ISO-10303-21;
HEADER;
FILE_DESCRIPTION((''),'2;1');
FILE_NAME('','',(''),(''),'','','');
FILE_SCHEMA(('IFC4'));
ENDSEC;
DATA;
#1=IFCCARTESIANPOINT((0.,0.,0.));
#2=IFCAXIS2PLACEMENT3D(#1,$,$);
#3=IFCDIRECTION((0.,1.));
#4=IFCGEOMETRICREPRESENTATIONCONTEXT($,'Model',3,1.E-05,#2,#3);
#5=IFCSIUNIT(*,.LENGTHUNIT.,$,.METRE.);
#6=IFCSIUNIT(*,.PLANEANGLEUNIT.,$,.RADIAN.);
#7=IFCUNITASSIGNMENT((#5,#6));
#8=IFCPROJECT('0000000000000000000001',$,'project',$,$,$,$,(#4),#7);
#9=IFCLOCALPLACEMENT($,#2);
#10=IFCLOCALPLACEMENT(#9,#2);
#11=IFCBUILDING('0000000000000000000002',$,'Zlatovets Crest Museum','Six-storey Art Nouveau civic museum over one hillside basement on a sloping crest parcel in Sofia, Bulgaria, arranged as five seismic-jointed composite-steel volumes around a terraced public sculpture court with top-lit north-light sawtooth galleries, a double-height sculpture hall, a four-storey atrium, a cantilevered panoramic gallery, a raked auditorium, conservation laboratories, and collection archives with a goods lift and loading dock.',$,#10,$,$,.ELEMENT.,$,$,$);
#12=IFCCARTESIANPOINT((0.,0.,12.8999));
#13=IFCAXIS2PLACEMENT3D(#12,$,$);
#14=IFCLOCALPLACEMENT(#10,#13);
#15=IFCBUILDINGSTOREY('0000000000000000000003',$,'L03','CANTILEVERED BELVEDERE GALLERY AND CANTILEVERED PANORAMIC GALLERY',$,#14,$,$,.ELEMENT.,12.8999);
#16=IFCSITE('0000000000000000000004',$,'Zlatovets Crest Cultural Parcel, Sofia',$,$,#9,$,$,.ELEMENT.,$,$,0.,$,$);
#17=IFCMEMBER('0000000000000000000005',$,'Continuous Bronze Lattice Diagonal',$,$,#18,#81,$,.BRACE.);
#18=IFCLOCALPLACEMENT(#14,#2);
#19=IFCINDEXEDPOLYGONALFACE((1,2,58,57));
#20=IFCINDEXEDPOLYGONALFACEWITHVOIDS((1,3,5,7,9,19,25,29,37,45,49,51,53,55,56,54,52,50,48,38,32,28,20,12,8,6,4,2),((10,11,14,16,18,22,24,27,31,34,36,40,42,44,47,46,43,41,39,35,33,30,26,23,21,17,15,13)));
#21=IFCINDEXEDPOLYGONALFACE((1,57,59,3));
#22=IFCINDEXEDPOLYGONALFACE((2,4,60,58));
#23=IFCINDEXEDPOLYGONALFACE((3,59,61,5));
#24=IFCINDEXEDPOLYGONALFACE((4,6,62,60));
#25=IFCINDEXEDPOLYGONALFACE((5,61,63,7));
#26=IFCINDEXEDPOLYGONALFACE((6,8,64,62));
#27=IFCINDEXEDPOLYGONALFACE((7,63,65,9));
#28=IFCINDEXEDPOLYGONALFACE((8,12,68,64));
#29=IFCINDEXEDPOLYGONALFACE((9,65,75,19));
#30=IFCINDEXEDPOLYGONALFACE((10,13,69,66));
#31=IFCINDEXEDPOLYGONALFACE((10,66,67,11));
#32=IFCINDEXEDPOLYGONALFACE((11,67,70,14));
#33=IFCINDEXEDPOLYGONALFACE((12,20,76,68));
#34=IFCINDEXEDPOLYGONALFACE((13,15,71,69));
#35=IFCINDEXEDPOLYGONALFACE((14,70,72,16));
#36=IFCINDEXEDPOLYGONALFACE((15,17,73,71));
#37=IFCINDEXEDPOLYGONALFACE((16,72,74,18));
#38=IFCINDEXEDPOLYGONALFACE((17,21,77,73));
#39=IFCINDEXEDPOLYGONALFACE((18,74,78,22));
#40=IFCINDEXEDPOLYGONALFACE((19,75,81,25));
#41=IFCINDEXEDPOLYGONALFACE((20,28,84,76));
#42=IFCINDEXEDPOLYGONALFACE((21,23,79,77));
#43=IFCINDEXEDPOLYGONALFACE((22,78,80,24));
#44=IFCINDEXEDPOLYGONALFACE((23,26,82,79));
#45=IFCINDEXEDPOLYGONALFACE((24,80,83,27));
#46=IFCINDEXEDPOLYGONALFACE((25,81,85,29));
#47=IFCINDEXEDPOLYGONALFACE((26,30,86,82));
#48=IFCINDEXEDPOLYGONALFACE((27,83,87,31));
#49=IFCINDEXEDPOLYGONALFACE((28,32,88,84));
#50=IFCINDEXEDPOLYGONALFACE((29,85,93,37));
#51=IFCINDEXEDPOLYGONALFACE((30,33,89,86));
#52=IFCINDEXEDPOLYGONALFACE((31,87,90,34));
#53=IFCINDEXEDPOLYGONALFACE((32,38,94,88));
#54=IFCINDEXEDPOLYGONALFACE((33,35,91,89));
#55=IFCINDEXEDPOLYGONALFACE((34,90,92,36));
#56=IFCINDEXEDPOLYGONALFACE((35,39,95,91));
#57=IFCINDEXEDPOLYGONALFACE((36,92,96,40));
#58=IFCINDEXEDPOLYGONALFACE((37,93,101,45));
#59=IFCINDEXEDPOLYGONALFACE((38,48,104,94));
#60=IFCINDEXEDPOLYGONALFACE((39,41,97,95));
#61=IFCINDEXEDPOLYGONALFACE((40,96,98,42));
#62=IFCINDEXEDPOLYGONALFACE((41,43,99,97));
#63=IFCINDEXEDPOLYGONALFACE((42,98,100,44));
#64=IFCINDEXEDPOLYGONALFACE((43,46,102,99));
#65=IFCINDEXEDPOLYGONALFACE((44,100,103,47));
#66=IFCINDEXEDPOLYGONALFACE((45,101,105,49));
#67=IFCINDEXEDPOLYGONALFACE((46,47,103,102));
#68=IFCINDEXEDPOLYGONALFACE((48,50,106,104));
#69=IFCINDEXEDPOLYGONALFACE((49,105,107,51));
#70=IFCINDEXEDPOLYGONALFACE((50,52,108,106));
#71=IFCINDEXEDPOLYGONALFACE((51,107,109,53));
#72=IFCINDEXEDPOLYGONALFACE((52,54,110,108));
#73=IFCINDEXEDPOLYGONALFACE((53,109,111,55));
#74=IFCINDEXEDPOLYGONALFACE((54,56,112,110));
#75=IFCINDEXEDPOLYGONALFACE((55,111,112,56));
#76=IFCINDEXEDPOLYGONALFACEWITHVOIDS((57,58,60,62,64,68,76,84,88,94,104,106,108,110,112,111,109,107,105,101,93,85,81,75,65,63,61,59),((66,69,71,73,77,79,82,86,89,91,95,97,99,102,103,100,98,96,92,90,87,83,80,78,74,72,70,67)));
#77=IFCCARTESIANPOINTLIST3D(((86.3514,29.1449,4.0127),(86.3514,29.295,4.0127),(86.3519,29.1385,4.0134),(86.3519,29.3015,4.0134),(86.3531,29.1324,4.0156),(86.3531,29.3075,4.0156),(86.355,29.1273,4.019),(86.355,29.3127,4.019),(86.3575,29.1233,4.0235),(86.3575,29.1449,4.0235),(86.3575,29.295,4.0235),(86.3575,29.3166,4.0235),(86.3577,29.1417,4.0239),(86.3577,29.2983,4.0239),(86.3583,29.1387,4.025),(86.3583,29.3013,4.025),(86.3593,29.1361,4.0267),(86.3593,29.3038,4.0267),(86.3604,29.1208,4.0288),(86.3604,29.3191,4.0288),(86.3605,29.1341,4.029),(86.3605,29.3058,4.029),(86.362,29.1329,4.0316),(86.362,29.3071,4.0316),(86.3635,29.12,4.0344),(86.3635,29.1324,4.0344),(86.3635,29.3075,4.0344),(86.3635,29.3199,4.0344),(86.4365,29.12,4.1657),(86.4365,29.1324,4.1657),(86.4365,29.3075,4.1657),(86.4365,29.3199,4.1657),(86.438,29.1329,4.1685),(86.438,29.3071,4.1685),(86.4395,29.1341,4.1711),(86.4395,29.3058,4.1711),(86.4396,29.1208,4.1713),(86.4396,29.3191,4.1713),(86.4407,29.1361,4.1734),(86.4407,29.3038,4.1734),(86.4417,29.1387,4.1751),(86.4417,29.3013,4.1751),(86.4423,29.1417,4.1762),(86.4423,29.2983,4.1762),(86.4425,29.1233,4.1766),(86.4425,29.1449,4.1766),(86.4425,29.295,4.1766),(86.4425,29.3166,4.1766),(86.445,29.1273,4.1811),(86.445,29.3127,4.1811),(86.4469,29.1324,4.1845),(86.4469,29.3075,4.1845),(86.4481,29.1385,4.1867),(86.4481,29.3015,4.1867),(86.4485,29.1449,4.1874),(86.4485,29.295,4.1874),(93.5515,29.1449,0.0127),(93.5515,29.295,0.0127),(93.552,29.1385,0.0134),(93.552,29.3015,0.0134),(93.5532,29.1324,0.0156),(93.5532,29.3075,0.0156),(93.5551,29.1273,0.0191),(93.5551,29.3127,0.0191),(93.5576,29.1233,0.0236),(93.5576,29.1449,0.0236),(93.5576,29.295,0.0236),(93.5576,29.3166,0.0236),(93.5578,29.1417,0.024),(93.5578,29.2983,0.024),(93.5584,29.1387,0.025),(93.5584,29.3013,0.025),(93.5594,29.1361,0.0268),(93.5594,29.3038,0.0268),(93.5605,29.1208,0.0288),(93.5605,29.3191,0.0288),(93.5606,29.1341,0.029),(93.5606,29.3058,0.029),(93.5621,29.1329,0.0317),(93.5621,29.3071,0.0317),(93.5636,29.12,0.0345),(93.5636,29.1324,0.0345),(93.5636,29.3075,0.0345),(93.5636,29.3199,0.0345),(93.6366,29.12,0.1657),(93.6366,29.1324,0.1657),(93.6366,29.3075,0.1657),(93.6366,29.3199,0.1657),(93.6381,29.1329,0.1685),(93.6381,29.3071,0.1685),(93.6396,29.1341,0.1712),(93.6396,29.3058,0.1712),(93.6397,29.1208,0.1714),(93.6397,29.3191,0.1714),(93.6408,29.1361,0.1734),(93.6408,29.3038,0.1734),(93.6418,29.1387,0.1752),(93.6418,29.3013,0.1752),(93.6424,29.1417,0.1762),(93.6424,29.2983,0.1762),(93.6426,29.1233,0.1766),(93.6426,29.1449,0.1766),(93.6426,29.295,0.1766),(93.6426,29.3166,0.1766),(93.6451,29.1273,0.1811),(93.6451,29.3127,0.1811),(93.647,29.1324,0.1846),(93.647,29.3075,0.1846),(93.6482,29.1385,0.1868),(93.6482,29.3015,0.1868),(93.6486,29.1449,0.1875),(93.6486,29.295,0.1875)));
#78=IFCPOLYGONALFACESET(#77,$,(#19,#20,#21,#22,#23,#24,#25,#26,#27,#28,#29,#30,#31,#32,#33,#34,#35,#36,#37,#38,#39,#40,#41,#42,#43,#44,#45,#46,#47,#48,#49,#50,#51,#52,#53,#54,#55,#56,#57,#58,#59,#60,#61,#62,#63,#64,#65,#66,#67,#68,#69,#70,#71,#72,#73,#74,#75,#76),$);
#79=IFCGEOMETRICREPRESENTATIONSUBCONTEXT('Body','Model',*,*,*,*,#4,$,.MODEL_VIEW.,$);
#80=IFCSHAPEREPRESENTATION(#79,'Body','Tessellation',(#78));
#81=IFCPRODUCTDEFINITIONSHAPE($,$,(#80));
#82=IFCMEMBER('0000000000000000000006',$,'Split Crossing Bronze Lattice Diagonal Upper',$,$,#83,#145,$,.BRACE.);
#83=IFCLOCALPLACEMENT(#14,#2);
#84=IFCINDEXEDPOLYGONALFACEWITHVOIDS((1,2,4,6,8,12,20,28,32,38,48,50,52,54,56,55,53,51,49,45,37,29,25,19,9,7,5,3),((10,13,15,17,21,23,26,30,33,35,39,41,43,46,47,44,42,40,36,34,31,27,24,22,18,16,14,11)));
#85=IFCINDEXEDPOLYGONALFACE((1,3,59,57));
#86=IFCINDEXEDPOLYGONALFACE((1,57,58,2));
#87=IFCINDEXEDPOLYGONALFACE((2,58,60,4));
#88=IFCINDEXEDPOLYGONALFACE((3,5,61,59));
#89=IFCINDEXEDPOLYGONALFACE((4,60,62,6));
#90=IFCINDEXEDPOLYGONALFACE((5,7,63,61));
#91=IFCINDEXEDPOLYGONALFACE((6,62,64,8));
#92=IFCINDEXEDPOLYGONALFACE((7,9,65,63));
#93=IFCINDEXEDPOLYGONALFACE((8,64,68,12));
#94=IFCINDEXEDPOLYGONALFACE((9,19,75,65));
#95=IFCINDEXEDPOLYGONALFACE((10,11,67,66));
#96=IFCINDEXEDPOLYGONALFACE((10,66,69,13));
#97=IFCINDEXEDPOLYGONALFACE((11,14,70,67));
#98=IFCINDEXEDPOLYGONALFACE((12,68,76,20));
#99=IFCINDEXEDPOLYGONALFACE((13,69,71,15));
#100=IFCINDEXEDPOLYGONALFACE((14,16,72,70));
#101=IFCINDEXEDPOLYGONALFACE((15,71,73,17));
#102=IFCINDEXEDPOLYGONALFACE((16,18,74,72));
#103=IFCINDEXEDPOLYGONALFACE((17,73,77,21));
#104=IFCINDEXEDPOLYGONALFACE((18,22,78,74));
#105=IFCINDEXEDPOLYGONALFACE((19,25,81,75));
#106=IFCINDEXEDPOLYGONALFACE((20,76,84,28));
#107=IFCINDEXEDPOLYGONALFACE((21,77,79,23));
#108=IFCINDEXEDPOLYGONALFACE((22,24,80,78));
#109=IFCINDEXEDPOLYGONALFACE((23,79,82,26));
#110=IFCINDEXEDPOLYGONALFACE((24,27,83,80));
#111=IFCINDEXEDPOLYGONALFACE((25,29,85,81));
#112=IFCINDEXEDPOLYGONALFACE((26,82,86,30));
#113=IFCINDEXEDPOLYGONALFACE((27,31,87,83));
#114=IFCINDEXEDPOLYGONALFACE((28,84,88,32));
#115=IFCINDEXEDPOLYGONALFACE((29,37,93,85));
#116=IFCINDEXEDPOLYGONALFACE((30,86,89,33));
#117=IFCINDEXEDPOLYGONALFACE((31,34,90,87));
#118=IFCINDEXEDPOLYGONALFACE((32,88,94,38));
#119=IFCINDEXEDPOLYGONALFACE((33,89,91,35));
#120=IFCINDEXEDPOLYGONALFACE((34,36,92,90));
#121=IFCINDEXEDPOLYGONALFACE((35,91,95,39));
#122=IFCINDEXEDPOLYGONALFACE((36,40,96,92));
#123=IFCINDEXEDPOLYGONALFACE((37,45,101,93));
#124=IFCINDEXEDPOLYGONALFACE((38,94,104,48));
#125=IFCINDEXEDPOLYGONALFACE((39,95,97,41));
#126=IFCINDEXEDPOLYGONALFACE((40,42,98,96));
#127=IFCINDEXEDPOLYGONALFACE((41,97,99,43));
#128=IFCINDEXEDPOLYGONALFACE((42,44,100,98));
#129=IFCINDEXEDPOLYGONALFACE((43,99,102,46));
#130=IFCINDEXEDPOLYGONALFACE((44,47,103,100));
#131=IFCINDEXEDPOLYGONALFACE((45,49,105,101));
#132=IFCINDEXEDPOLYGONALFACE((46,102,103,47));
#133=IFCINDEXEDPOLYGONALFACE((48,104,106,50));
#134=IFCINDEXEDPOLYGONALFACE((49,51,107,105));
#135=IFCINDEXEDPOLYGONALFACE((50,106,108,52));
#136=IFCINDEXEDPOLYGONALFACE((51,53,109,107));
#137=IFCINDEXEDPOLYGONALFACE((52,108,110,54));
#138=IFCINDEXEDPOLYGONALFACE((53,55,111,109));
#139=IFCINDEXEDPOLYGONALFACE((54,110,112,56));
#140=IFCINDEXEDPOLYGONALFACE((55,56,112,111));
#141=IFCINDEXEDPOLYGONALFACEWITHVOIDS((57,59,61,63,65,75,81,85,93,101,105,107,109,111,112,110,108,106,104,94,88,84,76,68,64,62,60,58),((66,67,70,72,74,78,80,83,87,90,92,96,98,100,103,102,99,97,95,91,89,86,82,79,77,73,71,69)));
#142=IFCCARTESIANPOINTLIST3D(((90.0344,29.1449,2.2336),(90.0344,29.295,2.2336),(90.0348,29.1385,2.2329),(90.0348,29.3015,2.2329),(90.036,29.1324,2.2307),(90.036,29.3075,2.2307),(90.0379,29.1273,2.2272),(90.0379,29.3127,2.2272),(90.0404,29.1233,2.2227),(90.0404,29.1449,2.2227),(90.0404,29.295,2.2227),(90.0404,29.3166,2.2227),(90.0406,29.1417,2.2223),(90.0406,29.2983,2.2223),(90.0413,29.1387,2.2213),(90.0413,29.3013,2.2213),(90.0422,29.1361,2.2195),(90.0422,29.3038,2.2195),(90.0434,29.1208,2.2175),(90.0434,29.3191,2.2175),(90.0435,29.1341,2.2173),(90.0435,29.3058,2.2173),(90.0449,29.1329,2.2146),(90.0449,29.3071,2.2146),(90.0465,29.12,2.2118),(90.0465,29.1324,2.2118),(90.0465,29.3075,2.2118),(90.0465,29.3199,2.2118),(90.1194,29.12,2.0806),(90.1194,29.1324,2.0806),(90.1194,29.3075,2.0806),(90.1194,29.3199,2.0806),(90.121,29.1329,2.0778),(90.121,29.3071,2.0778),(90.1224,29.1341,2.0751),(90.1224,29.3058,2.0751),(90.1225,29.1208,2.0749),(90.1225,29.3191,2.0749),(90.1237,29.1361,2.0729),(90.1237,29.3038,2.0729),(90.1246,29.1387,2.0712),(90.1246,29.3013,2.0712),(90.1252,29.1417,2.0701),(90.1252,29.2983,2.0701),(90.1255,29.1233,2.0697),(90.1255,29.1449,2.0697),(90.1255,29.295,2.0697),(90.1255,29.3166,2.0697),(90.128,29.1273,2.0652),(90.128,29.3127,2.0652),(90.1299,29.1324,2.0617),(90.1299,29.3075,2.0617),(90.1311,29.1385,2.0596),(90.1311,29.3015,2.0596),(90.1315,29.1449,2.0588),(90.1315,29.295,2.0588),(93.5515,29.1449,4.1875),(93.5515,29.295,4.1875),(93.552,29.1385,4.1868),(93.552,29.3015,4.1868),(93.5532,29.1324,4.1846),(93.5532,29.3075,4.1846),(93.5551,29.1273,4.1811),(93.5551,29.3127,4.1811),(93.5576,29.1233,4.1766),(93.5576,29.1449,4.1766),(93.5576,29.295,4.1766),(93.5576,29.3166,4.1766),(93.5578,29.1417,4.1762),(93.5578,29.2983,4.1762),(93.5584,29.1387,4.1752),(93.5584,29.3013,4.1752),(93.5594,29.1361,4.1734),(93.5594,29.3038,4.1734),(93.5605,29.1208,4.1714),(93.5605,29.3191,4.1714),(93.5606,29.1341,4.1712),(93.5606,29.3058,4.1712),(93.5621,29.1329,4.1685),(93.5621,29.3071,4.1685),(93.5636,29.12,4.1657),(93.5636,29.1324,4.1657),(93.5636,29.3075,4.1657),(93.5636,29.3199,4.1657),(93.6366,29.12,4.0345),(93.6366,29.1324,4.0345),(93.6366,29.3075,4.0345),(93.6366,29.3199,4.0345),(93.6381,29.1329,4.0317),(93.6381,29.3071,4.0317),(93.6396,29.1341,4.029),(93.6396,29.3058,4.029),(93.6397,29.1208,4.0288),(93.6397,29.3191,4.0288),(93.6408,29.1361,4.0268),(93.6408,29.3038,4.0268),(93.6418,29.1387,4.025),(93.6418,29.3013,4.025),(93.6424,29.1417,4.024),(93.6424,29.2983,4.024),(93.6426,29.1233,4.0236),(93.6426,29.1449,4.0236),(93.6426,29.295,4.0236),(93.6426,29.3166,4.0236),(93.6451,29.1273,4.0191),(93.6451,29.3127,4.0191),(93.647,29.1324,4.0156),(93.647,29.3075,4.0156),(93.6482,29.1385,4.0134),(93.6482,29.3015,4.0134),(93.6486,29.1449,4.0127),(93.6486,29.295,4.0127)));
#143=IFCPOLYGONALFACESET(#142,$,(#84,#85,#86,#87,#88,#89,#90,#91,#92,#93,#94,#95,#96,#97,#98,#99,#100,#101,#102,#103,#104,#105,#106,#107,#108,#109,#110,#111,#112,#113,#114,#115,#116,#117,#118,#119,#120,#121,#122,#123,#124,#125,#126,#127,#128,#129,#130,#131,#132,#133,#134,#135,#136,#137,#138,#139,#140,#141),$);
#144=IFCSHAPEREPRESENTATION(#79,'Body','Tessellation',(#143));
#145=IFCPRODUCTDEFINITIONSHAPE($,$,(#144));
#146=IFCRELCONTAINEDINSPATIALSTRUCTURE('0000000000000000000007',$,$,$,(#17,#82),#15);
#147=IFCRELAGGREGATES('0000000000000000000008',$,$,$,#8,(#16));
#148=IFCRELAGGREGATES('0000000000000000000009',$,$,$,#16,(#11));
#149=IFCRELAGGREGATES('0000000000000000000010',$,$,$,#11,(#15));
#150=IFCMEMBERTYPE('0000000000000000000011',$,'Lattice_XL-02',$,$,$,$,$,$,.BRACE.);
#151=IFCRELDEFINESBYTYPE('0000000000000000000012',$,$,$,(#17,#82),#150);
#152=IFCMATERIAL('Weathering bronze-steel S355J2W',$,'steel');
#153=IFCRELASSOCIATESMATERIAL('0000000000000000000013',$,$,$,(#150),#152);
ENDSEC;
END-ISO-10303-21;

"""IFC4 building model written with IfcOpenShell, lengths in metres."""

from ifc_helpers import new_model, si_unit, direction, frame, origin, origin_2d, place, context, subcontext, project, spatial, hollow_rectangle, extrude, material, material_profile, profile_set, type_object, element, save


model = new_model("IFC4")

# Units and contexts
model_context = context("Model", 3, precision=1e-05, world=origin(), true_north=direction((0.0, 1.0)))
body_context = subcontext(model_context, "Body", "Model", "MODEL_VIEW")
ifc_project = project(units=[si_unit("LENGTHUNIT", "METRE"), si_unit("PLANEANGLEUNIT", "RADIAN")], contexts=[model_context])

# Site, building, storey
site_placement = place(None, origin())
site = spatial("IfcSite", under=ifc_project, at=site_placement, Name="Zlatovets Crest Cultural Parcel, Sofia", CompositionType="ELEMENT", RefElevation=0.0)
building_placement = place(site_placement, origin())
building = spatial("IfcBuilding", under=site, at=building_placement, Name="Zlatovets Crest Museum", Description="Six-storey Art Nouveau civic museum over one hillside basement on a sloping crest parcel in Sofia, Bulgaria, arranged as five seismic-jointed composite-steel volumes around a terraced public sculpture court with top-lit north-light sawtooth galleries, a double-height sculpture hall, a four-storey atrium, a cantilevered panoramic gallery, a raked auditorium, conservation laboratories, and collection archives with a goods lift and loading dock.", CompositionType="ELEMENT")
storey_placement = place(building_placement, frame((0.0, 0.0, 12.8999)))
storey = spatial("IfcBuildingStorey", under=building, at=storey_placement, Name="L03", Description="CANTILEVERED BELVEDERE GALLERY AND CANTILEVERED PANORAMIC GALLERY", CompositionType="ELEMENT", Elevation=12.8999)

# Members
ifc_material_1 = material(Name="Weathering bronze-steel S355J2W", Category="steel")
ifc_material_profile_1 = material_profile(ifc_material_1, hollow_rectangle(XDim=0.2, YDim=0.2, WallThickness=0.0125, InnerFilletRadius=0.0125, OuterFilletRadius=0.0249, at=origin_2d()), Name="SHS 200x200x12.5")
ifc_profile_set_1 = profile_set([ifc_material_profile_1], Name="Weathering bronze-steel S355J2W")
member_type_1 = type_object("IfcMemberType", Name="Lattice_XL-02", PredefinedType="BRACE", material=ifc_profile_set_1)
member_1_placement = place(storey_placement, frame((93.6001, 29.22, 0.1001), z_axis=(-0.874163, 0.0, 0.485633), x_axis=(0.0, -1.0, 0.0)))
element("IfcMember", 1, at=member_1_placement, inside=storey, type_object=member_type_1, Name="Continuous Bronze Lattice Diagonal", PredefinedType="BRACE", context=body_context, shape_type="SweptSolid", body=[
    extrude(hollow_rectangle(XDim=0.2, YDim=0.2, WallThickness=0.0125, InnerFilletRadius=0.0125, OuterFilletRadius=0.0249, at=origin_2d()), origin(), (0.0, 0.0, 1.0), 8.2366),
])
for number, where, z_axis, x_axis, name in (
    (2, (93.6001, 29.22, 4.1001), (-0.874166, 0.0, -0.485627), (0.0, -1.0, 0.0), "Split Crossing Bronze Lattice Diagonal Upper"),
):
    element("IfcMember", number, at=place(storey_placement, frame(where, z_axis=z_axis, x_axis=x_axis)), inside=storey, type_object=member_type_1, Name=name, PredefinedType="BRACE", context=body_context, shape_type="SweptSolid", body=[
        extrude(hollow_rectangle(XDim=0.2, YDim=0.2, WallThickness=0.0125, InnerFilletRadius=0.0125, OuterFilletRadius=0.0249, at=origin_2d()), origin(), (0.0, 0.0, 1.0), 4.0234),
    ])

save(model, "model.ifc")
